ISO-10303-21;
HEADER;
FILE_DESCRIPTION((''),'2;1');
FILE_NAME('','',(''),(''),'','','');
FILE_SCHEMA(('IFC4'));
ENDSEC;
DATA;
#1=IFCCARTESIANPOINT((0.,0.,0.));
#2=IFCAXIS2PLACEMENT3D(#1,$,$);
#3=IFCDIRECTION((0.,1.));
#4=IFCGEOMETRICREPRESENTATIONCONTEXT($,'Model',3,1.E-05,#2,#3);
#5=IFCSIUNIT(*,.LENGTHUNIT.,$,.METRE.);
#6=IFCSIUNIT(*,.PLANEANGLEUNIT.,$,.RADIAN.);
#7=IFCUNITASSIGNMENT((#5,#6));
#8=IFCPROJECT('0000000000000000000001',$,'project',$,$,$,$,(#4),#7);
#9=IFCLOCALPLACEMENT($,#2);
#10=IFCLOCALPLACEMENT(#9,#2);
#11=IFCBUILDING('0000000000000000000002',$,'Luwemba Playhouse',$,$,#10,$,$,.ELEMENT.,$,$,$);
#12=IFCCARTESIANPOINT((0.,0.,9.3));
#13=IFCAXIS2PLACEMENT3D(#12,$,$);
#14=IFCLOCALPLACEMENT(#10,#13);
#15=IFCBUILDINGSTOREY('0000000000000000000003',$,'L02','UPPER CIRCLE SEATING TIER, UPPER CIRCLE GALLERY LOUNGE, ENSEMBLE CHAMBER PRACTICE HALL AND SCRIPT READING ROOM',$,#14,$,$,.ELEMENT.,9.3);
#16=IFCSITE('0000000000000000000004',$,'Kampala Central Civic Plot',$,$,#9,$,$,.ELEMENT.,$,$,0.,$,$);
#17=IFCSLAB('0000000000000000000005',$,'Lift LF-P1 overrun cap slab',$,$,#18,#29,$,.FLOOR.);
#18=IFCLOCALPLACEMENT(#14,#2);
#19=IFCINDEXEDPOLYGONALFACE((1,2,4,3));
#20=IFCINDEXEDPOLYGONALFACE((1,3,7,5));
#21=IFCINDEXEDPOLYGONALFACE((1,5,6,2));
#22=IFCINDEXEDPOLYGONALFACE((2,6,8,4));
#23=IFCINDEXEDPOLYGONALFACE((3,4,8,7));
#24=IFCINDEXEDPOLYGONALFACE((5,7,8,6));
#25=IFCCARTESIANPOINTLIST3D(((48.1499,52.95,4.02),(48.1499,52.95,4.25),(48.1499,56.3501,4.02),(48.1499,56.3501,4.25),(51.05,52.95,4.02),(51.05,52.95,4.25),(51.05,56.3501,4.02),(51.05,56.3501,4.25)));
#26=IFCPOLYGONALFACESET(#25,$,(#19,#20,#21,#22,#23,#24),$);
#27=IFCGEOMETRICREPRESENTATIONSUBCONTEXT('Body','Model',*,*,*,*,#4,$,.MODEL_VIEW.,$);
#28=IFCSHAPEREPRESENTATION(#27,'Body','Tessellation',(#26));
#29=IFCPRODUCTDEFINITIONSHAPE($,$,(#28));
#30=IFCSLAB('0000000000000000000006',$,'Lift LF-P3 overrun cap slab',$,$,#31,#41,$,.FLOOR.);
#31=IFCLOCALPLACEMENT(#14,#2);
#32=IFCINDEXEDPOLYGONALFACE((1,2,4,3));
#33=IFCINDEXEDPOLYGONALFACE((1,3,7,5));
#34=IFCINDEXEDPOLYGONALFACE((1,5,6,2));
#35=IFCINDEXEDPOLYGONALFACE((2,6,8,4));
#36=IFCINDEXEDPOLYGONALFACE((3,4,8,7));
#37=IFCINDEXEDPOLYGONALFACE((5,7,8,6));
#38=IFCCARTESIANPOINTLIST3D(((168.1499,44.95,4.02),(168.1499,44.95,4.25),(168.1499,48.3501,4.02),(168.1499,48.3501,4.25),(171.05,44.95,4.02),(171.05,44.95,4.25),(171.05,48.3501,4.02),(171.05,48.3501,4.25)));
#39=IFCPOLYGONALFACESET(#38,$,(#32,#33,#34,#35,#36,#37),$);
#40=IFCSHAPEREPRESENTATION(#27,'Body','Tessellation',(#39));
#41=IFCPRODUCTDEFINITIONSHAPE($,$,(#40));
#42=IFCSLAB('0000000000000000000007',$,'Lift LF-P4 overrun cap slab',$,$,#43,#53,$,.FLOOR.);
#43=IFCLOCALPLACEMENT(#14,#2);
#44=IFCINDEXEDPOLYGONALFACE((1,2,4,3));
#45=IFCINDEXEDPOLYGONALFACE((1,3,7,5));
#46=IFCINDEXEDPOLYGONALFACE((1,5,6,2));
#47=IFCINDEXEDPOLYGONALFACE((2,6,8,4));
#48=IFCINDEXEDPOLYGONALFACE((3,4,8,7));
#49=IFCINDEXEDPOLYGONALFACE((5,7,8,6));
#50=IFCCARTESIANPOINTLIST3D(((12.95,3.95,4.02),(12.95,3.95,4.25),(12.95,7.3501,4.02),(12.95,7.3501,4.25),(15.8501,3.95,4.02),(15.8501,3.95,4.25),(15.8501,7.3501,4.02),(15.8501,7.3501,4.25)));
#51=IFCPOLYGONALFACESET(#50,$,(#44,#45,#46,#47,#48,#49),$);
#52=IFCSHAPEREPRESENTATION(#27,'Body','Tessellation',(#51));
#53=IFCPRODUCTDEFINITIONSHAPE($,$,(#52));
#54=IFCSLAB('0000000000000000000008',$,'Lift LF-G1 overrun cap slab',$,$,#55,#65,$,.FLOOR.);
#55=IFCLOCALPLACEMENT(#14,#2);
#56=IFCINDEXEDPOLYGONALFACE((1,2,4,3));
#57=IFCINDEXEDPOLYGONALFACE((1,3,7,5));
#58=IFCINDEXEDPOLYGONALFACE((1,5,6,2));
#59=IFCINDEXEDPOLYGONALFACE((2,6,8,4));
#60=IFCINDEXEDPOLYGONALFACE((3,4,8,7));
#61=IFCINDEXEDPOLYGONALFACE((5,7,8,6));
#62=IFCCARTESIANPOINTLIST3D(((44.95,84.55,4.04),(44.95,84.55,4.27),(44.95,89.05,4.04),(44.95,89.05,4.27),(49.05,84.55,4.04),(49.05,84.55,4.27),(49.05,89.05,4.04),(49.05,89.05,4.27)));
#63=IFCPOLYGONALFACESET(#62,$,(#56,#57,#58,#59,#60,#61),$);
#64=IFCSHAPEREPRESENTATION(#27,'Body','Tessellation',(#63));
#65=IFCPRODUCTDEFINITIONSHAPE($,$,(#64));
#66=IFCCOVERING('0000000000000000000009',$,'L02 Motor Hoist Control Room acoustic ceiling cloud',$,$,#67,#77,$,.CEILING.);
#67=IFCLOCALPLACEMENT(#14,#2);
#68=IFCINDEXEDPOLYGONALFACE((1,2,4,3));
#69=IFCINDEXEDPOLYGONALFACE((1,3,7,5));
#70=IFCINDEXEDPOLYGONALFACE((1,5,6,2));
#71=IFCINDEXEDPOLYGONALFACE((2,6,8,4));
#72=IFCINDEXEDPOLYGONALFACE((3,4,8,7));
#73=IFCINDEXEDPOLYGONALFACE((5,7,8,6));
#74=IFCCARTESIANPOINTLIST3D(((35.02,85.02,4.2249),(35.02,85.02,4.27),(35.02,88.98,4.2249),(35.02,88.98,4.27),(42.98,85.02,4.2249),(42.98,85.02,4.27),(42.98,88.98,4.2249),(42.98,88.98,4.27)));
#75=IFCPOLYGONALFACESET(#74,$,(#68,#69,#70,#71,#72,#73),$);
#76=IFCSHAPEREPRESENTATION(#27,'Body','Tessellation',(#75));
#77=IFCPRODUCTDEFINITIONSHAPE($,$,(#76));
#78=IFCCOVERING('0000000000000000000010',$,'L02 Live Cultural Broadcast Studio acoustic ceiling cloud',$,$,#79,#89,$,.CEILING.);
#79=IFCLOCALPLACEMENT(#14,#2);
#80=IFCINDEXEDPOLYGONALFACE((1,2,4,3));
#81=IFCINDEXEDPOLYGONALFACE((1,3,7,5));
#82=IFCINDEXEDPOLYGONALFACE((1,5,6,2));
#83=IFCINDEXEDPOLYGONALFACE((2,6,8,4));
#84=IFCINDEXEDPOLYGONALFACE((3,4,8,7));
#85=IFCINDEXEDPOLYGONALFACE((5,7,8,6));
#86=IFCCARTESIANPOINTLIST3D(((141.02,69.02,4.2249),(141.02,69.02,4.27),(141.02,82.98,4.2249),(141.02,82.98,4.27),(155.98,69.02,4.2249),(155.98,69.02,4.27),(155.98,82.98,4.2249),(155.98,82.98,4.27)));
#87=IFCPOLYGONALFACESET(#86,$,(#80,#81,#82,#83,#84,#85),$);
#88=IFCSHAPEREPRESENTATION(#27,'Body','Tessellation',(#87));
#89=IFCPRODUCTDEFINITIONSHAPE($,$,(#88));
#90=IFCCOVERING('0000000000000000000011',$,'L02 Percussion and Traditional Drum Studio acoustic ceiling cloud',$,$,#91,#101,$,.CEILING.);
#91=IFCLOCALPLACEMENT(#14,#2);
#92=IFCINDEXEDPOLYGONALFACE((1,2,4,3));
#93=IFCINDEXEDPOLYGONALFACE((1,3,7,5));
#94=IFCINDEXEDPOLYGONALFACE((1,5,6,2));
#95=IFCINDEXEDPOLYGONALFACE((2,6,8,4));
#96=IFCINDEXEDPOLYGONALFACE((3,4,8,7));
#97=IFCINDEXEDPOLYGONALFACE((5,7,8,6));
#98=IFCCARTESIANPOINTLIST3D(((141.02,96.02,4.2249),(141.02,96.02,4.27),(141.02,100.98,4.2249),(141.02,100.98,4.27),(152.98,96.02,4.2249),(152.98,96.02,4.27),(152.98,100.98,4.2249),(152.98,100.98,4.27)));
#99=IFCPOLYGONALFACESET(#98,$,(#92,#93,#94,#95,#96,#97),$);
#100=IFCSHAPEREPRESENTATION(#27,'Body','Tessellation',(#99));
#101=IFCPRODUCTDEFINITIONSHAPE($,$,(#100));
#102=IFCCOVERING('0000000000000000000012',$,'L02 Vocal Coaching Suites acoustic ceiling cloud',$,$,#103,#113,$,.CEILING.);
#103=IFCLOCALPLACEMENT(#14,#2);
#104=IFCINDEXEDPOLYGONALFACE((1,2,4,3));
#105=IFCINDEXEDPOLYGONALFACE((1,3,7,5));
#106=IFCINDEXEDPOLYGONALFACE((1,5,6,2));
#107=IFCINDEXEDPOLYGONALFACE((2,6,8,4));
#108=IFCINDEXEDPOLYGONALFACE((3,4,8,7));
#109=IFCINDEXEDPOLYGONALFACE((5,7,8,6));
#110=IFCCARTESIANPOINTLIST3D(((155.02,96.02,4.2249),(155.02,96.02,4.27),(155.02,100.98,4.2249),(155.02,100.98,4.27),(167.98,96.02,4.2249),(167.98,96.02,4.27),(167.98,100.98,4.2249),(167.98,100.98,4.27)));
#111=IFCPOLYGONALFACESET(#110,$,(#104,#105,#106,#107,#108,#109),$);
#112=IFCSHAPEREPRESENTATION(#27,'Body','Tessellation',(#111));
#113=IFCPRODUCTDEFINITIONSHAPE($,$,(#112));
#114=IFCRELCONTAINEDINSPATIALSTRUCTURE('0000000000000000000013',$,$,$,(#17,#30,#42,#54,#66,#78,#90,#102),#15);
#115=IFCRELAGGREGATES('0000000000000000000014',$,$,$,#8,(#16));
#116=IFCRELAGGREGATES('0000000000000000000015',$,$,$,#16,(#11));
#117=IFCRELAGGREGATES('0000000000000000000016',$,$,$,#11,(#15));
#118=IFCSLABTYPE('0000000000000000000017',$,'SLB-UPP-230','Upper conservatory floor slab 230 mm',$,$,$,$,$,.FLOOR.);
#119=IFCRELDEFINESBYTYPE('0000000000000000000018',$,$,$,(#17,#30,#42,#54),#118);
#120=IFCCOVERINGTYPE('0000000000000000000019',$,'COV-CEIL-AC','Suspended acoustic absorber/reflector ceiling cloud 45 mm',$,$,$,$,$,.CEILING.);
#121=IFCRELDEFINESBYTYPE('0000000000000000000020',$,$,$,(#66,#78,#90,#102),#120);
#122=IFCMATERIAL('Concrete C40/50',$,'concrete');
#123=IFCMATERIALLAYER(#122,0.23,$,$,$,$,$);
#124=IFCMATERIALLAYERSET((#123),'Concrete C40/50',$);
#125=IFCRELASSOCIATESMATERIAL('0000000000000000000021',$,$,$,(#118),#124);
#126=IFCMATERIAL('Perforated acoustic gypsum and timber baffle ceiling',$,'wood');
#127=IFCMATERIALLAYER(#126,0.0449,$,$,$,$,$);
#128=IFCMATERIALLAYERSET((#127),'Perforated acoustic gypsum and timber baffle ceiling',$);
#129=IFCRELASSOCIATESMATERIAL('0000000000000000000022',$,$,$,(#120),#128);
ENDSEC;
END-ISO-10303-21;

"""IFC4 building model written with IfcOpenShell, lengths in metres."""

from ifc_helpers import new_model, si_unit, direction, frame, origin, place, context, subcontext, project, spatial, polyline, outline, extrude, material, layer, layer_set, type_object, element, save


model = new_model("IFC4")

# Units and contexts
model_context = context("Model", 3, precision=1e-05, world=origin(), true_north=direction((0.0, 1.0)))
body_context = subcontext(model_context, "Body", "Model", "MODEL_VIEW")
ifc_project = project(units=[si_unit("LENGTHUNIT", "METRE"), si_unit("PLANEANGLEUNIT", "RADIAN")], contexts=[model_context])

# Site, building, storey
site_placement = place(None, origin())
site = spatial("IfcSite", under=ifc_project, at=site_placement, Name="Kampala Central Civic Plot", CompositionType="ELEMENT", RefElevation=0.0)
building_placement = place(site_placement, origin())
building = spatial("IfcBuilding", under=site, at=building_placement, Name="Luwemba Playhouse", CompositionType="ELEMENT")
storey_placement = place(building_placement, frame((0.0, 0.0, 9.3)))
storey = spatial("IfcBuildingStorey", under=building, at=storey_placement, Name="L02", Description="UPPER CIRCLE SEATING TIER, UPPER CIRCLE GALLERY LOUNGE, ENSEMBLE CHAMBER PRACTICE HALL AND SCRIPT READING ROOM", CompositionType="ELEMENT", Elevation=9.3)

# Shared definitions
ifc_material_1 = material(Name="Concrete C40/50", Category="concrete")

# Slabs
ifc_layer_1 = layer(ifc_material_1, 0.23)
ifc_layer_set_1 = layer_set([ifc_layer_1], Name="Concrete C40/50")
slab_type_1 = type_object("IfcSlabType", Name="SLB-UPP-230", Description="Upper conservatory floor slab 230 mm", PredefinedType="FLOOR", material=ifc_layer_set_1)
slab_1_placement = place(storey_placement, frame((0.0, 0.0, 4.02)))
element("IfcSlab", 1, at=slab_1_placement, inside=storey, type_object=slab_type_1, Name="Lift LF-P1 overrun cap slab", PredefinedType="FLOOR", context=body_context, shape_type="SweptSolid", body=[
    extrude(outline(polyline([(48.1499, 52.95), (51.05, 52.95), (51.05, 56.3501), (48.1499, 56.3501), (48.1499, 52.95)])), origin(), (0.0, 0.0, 1.0), 0.23),
])
slab_2_placement = place(storey_placement, frame((0.0, 0.0, 4.02)))
element("IfcSlab", 2, at=slab_2_placement, inside=storey, type_object=slab_type_1, Name="Lift LF-P3 overrun cap slab", PredefinedType="FLOOR", context=body_context, shape_type="SweptSolid", body=[
    extrude(outline(polyline([(168.1499, 44.95), (171.05, 44.95), (171.05, 48.3501), (168.1499, 48.3501), (168.1499, 44.95)])), origin(), (0.0, 0.0, 1.0), 0.23),
])
slab_3_placement = place(storey_placement, frame((0.0, 0.0, 4.02)))
element("IfcSlab", 3, at=slab_3_placement, inside=storey, type_object=slab_type_1, Name="Lift LF-P4 overrun cap slab", PredefinedType="FLOOR", context=body_context, shape_type="SweptSolid", body=[
    extrude(outline(polyline([(12.95, 3.95), (15.8501, 3.95), (15.8501, 7.3501), (12.95, 7.3501), (12.95, 3.95)])), origin(), (0.0, 0.0, 1.0), 0.23),
])
slab_4_placement = place(storey_placement, frame((0.0, 0.0, 4.04)))
element("IfcSlab", 4, at=slab_4_placement, inside=storey, type_object=slab_type_1, Name="Lift LF-G1 overrun cap slab", PredefinedType="FLOOR", context=body_context, shape_type="SweptSolid", body=[
    extrude(outline(polyline([(44.95, 84.55), (49.05, 84.55), (49.05, 89.05), (44.95, 89.05), (44.95, 84.55)])), origin(), (0.0, 0.0, 1.0), 0.23),
])

# Coverings
ifc_material_2 = material(Name="Perforated acoustic gypsum and timber baffle ceiling", Category="wood")
ifc_layer_2 = layer(ifc_material_2, 0.0449)
ifc_layer_set_2 = layer_set([ifc_layer_2], Name="Perforated acoustic gypsum and timber baffle ceiling")
covering_type = type_object("IfcCoveringType", Name="COV-CEIL-AC", Description="Suspended acoustic absorber/reflector ceiling cloud 45 mm", PredefinedType="CEILING", material=ifc_layer_set_2)
covering_1_placement = place(storey_placement, frame((0.0, 0.0, 4.2249)))
element("IfcCovering", 5, at=covering_1_placement, inside=storey, type_object=covering_type, Name="L02 Motor Hoist Control Room acoustic ceiling cloud", PredefinedType="CEILING", context=body_context, shape_type="SweptSolid", body=[
    extrude(outline(polyline([(35.02, 85.02), (42.98, 85.02), (42.98, 88.98), (35.02, 88.98), (35.02, 85.02)])), origin(), (0.0, 0.0, 1.0), 0.0452),
])
covering_2_placement = place(storey_placement, frame((0.0, 0.0, 4.2249)))
element("IfcCovering", 6, at=covering_2_placement, inside=storey, type_object=covering_type, Name="L02 Live Cultural Broadcast Studio acoustic ceiling cloud", PredefinedType="CEILING", context=body_context, shape_type="SweptSolid", body=[
    extrude(outline(polyline([(141.02, 69.02), (155.98, 69.02), (155.98, 82.98), (141.02, 82.98), (141.02, 69.02)])), origin(), (0.0, 0.0, 1.0), 0.0452),
])
covering_3_placement = place(storey_placement, frame((0.0, 0.0, 4.2249)))
element("IfcCovering", 7, at=covering_3_placement, inside=storey, type_object=covering_type, Name="L02 Percussion and Traditional Drum Studio acoustic ceiling cloud", PredefinedType="CEILING", context=body_context, shape_type="SweptSolid", body=[
    extrude(outline(polyline([(141.02, 96.02), (152.98, 96.02), (152.98, 100.98), (141.02, 100.98), (141.02, 96.02)])), origin(), (0.0, 0.0, 1.0), 0.0452),
])
covering_4_placement = place(storey_placement, frame((0.0, 0.0, 4.2249)))
element("IfcCovering", 8, at=covering_4_placement, inside=storey, type_object=covering_type, Name="L02 Vocal Coaching Suites acoustic ceiling cloud", PredefinedType="CEILING", context=body_context, shape_type="SweptSolid", body=[
    extrude(outline(polyline([(155.02, 96.02), (167.98, 96.02), (167.98, 100.98), (155.02, 100.98), (155.02, 96.02)])), origin(), (0.0, 0.0, 1.0), 0.0452),
])

save(model, "model.ifc")
